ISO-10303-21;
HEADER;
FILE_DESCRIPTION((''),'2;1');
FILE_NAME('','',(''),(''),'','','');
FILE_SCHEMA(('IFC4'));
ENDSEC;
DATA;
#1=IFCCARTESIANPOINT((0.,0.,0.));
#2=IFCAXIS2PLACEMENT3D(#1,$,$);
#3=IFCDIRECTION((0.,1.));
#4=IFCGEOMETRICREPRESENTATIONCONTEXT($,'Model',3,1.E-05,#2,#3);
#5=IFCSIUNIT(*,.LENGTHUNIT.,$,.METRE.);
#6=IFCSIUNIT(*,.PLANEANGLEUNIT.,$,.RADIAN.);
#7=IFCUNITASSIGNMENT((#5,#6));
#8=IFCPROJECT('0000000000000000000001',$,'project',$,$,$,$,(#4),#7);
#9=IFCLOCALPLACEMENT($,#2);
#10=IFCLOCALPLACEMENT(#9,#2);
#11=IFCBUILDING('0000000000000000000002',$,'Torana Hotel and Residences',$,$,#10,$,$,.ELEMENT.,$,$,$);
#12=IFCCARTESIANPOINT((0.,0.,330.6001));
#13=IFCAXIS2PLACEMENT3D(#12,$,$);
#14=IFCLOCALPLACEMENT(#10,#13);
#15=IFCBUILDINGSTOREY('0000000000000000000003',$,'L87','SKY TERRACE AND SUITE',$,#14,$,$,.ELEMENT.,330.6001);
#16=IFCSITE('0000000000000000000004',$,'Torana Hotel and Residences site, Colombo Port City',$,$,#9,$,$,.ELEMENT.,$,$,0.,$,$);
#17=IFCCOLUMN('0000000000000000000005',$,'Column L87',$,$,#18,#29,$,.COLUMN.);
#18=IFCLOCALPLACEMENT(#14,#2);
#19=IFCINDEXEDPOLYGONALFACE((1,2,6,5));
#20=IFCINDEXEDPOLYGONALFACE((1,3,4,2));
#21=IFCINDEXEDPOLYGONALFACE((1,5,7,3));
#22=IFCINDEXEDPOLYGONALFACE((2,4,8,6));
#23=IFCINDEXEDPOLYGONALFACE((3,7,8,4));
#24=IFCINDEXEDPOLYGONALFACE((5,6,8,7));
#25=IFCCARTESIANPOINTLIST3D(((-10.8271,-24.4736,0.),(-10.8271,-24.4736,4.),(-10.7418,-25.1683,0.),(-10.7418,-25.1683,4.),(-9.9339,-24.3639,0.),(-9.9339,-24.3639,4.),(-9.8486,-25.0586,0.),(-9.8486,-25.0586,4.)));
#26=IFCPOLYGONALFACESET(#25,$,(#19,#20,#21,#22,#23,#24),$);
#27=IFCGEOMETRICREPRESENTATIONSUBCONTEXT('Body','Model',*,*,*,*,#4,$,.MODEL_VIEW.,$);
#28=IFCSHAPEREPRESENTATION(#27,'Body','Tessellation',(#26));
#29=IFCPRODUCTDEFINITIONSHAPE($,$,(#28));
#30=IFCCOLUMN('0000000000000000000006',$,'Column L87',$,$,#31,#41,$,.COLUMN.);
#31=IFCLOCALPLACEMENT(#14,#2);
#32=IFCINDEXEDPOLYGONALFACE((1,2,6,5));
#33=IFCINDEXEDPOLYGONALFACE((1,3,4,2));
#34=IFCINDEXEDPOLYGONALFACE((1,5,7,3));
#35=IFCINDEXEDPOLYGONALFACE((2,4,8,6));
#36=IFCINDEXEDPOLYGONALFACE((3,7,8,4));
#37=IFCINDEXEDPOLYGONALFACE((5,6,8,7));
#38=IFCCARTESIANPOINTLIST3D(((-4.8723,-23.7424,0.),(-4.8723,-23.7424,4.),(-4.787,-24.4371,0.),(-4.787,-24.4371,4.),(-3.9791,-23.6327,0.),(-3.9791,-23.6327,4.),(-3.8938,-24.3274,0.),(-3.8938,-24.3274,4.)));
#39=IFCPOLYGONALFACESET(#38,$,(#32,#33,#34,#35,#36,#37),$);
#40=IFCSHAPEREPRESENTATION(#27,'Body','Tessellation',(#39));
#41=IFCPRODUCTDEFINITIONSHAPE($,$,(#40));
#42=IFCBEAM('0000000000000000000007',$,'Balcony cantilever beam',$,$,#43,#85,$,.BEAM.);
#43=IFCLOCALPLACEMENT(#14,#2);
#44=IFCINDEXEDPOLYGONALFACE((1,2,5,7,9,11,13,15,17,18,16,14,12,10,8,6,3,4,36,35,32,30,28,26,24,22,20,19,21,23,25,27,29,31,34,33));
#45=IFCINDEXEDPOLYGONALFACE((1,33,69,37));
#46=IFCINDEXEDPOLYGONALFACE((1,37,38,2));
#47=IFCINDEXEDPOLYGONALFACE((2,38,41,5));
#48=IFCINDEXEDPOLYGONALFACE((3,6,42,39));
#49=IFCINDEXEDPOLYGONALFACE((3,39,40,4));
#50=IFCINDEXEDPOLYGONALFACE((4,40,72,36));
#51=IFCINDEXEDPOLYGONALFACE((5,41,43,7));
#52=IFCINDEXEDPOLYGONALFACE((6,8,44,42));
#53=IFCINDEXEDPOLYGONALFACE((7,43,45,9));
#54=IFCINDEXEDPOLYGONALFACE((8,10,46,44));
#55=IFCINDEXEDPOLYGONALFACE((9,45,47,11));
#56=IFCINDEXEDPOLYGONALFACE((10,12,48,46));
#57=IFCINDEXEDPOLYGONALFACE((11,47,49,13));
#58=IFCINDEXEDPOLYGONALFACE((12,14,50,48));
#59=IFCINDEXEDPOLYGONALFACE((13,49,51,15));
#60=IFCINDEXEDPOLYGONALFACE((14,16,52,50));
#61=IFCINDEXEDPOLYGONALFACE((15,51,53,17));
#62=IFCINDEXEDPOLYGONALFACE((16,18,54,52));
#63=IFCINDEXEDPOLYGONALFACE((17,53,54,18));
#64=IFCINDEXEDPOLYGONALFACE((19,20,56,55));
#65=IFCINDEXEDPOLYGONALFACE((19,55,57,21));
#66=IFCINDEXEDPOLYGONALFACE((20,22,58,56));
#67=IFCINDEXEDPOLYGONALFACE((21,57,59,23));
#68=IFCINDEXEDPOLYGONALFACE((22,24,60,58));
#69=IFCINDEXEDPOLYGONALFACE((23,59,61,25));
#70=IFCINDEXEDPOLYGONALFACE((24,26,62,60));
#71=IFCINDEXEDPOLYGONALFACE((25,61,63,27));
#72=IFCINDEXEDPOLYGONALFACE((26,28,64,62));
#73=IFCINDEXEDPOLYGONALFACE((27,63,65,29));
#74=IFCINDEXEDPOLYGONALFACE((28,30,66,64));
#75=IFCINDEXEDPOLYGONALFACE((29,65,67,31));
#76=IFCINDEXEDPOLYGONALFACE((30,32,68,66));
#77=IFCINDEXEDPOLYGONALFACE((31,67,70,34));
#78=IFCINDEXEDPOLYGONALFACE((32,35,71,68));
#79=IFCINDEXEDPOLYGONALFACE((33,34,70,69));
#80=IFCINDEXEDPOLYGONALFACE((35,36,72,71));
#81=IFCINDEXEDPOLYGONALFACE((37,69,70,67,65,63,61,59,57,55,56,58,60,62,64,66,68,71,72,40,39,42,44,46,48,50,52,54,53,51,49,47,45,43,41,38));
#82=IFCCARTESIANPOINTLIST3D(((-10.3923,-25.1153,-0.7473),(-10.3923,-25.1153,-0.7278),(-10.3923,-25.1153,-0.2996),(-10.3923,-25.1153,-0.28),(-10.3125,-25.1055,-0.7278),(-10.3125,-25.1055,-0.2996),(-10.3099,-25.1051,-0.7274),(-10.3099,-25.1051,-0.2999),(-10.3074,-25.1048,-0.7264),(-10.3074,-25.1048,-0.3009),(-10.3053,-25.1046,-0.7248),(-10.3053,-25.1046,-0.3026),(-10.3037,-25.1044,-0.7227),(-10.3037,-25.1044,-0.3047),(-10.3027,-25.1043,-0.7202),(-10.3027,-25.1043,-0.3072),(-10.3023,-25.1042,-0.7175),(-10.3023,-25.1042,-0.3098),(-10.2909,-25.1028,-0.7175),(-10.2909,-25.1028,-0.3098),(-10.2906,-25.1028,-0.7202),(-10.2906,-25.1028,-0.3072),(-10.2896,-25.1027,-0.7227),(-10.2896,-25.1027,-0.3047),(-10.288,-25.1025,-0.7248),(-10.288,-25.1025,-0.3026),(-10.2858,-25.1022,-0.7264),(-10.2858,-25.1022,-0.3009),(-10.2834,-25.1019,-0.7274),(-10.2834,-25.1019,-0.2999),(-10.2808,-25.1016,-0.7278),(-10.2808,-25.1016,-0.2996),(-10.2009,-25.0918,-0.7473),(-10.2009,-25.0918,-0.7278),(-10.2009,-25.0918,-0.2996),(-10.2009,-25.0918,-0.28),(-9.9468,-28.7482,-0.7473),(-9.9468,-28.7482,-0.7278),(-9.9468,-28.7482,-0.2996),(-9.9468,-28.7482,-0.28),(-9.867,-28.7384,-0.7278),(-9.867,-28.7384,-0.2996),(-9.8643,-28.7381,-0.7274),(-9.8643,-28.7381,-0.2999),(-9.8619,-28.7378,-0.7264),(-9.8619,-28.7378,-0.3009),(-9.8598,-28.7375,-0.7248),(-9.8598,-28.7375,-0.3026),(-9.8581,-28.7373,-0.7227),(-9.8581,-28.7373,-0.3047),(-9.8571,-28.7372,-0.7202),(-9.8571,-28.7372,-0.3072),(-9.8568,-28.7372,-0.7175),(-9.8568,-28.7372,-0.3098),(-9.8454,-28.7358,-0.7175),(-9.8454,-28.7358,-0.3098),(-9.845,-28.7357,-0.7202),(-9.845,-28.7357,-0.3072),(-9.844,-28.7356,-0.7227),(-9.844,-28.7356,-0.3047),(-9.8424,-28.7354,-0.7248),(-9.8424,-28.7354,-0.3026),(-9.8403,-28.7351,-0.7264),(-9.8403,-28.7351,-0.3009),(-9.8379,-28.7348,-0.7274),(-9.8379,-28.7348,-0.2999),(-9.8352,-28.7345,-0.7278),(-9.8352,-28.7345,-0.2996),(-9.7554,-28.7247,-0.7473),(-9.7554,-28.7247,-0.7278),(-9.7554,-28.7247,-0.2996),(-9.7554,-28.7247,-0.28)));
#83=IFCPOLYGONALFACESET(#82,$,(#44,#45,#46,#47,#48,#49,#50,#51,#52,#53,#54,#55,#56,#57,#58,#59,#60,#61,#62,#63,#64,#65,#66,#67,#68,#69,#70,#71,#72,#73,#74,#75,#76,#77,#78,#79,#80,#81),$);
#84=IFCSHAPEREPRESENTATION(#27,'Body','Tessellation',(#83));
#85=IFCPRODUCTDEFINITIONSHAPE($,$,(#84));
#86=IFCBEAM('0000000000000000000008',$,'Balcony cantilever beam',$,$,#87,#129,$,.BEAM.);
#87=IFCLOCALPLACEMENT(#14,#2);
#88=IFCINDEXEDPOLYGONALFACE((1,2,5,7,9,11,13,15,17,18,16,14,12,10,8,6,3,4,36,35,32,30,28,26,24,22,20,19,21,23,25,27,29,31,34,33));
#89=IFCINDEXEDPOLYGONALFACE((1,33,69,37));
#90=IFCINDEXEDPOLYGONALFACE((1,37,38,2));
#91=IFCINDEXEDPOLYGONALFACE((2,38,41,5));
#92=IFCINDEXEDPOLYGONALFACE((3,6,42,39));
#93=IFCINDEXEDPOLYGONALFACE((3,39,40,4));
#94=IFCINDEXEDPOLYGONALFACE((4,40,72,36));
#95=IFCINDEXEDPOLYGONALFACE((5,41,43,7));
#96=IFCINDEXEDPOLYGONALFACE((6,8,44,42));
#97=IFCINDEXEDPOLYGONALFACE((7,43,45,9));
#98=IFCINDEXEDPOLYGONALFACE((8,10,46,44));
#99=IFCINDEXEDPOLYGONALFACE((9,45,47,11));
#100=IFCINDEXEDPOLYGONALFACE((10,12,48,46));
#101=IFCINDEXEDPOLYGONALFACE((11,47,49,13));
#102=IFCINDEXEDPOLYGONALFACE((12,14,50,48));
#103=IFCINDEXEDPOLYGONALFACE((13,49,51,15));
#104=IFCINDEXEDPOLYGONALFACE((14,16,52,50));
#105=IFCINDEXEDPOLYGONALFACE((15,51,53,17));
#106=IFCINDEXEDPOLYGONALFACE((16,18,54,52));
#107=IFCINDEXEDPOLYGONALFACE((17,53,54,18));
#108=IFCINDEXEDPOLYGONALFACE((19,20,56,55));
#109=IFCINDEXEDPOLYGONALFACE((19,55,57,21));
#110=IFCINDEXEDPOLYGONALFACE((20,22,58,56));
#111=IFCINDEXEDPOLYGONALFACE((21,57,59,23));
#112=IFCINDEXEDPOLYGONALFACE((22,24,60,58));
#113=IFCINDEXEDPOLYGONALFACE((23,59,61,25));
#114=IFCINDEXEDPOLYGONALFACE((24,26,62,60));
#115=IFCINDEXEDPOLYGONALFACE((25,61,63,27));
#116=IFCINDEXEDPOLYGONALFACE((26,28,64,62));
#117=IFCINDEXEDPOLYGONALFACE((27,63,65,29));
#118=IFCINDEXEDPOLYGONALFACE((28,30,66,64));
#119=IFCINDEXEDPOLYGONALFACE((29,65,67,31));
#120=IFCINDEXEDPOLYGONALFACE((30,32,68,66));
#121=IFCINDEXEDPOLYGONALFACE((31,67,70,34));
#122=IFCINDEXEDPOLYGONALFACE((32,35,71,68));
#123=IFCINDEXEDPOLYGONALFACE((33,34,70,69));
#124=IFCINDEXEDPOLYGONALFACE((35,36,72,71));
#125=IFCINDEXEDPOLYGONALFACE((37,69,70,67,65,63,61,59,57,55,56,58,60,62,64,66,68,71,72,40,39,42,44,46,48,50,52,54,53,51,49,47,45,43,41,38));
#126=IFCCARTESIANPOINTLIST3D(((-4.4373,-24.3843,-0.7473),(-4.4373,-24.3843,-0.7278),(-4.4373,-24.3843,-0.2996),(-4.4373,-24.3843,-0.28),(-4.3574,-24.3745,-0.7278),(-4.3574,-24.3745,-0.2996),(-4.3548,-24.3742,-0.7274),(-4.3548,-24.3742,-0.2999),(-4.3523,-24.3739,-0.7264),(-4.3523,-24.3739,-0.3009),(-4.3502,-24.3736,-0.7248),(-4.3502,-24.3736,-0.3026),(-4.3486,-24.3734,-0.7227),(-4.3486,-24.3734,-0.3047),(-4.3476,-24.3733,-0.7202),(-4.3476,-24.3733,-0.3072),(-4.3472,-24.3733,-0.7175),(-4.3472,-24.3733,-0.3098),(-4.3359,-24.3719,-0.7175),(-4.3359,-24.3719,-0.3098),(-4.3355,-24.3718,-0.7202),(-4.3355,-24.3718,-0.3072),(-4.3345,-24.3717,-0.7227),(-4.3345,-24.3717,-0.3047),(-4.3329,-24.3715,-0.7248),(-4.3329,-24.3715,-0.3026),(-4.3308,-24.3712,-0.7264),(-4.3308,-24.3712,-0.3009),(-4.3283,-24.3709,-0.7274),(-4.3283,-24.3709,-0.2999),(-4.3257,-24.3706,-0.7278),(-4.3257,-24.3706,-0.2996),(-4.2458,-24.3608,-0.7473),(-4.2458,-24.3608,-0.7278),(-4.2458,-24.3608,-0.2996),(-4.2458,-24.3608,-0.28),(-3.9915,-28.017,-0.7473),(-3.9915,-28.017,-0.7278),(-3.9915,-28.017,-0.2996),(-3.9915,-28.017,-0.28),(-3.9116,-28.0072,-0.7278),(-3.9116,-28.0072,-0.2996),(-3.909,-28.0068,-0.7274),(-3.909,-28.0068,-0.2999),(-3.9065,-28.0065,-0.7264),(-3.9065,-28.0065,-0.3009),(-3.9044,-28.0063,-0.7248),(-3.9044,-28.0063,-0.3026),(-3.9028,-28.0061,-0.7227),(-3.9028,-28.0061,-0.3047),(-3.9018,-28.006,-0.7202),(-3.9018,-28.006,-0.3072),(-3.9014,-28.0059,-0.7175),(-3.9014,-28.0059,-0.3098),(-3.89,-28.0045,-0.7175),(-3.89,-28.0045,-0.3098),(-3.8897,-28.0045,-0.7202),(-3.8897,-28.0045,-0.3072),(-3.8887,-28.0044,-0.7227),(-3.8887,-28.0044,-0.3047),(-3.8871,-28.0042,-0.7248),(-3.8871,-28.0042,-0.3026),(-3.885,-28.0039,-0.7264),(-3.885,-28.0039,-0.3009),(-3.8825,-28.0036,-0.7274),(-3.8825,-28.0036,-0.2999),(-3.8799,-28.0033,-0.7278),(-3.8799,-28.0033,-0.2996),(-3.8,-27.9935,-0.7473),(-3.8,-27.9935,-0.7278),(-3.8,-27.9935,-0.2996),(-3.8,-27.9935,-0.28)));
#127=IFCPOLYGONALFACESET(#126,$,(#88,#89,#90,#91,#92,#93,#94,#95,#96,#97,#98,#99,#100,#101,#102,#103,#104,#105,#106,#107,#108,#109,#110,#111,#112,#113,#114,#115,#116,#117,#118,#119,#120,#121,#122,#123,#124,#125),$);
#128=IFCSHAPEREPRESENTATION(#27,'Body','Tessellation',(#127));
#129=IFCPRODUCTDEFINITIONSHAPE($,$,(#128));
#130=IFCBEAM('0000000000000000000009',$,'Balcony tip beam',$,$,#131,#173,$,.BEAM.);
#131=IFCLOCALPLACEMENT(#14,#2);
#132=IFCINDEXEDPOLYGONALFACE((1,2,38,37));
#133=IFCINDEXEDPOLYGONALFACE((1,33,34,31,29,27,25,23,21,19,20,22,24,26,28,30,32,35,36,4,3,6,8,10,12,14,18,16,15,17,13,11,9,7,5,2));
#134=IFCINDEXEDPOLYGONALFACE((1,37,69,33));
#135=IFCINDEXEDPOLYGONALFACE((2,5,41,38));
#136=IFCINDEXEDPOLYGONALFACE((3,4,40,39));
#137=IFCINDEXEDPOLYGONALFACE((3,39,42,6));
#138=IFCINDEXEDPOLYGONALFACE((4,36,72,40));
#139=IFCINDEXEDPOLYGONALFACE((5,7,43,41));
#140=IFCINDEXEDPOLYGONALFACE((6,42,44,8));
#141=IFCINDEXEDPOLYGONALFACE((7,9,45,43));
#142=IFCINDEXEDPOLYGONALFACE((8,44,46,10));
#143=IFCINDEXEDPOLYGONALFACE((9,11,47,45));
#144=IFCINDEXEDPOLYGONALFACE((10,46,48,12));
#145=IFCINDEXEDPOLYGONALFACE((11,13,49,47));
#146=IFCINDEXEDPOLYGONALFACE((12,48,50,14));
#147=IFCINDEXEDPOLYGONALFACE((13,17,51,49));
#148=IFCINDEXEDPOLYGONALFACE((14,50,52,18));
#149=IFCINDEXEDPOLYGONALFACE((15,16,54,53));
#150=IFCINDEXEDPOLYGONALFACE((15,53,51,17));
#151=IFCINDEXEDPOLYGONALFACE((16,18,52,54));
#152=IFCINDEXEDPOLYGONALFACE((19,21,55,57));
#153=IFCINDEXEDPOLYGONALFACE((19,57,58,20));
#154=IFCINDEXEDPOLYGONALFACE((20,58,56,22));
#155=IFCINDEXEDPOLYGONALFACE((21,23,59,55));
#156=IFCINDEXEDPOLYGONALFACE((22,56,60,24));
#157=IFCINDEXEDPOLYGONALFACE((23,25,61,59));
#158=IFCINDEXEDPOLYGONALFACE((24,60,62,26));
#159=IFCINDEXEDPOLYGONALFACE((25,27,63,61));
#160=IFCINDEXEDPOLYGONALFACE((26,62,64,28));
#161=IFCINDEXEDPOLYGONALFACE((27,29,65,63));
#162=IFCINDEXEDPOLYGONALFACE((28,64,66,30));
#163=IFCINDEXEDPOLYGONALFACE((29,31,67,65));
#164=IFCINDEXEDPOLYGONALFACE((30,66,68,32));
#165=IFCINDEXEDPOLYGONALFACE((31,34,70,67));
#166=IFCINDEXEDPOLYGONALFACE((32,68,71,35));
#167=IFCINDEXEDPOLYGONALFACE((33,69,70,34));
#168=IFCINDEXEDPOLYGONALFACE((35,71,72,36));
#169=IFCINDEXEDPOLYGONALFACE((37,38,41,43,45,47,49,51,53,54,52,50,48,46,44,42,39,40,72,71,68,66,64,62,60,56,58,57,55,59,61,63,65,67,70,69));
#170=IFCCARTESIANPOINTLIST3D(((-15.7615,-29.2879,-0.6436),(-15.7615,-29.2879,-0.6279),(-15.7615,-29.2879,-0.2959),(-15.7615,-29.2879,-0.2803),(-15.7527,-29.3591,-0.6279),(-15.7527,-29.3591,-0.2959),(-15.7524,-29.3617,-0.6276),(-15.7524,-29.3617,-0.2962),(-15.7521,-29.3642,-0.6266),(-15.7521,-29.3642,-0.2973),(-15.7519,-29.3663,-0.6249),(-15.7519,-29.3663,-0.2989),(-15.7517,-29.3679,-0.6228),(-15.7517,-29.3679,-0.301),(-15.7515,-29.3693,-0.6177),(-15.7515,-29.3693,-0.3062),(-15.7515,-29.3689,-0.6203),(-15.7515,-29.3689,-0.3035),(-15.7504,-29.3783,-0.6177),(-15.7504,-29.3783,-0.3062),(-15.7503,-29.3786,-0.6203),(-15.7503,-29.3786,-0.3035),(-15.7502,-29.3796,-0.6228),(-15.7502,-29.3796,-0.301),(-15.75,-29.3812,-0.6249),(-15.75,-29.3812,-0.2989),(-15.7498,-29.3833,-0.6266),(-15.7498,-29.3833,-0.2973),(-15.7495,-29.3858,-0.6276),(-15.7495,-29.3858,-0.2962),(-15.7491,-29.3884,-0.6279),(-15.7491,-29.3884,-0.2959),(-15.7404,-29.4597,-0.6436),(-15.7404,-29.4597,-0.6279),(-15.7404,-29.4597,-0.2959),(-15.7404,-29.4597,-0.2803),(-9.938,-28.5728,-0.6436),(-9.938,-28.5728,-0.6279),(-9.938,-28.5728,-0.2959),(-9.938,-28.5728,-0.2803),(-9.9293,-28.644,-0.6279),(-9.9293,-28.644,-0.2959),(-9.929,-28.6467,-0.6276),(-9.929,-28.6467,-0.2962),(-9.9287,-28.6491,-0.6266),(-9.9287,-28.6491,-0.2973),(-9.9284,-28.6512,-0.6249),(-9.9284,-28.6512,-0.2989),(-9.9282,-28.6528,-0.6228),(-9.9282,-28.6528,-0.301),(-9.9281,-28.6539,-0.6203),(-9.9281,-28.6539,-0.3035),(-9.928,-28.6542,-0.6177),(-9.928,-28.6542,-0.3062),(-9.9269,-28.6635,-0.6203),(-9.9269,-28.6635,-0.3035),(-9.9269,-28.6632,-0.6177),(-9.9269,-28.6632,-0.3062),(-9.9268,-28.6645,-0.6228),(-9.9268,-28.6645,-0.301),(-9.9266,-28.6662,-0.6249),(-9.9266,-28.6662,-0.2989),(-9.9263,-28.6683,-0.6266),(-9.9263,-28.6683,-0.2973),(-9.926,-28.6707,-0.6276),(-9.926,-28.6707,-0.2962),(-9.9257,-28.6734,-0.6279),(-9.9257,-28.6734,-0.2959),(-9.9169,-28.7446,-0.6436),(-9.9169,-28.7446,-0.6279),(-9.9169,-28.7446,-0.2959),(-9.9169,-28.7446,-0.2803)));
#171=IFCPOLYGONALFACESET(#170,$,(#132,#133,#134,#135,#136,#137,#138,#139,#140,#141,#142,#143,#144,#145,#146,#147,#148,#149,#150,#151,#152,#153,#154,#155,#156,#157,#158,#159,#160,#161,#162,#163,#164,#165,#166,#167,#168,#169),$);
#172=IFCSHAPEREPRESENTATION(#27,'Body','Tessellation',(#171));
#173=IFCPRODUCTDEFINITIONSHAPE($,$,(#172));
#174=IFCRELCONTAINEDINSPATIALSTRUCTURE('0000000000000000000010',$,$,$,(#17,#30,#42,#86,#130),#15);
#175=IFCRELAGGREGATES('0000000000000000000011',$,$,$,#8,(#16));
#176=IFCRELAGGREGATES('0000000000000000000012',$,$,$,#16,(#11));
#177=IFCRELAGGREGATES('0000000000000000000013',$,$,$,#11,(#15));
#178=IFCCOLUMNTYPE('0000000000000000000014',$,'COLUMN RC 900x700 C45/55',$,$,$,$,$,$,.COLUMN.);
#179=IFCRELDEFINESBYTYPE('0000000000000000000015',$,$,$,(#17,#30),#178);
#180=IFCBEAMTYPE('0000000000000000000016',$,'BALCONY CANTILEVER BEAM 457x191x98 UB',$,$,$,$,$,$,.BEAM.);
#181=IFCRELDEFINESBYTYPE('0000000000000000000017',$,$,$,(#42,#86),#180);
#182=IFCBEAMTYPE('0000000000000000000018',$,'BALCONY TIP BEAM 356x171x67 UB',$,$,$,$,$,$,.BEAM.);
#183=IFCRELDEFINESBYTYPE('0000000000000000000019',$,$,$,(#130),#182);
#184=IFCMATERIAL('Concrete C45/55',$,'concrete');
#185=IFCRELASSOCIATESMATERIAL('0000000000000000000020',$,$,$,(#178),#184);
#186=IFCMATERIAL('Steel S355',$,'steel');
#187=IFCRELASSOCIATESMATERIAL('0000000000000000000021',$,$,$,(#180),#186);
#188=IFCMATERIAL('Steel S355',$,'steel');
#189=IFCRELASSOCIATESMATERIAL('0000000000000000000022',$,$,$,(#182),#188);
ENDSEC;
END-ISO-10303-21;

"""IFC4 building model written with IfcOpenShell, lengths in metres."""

from ifc_helpers import new_model, si_unit, direction, frame, origin, origin_2d, place, context, subcontext, project, spatial, rectangle, i_section, extrude, material, material_profile, profile_set, type_object, element, save


model = new_model("IFC4")

# Units and contexts
model_context = context("Model", 3, precision=1e-05, world=origin(), true_north=direction((0.0, 1.0)))
body_context = subcontext(model_context, "Body", "Model", "MODEL_VIEW")
ifc_project = project(units=[si_unit("LENGTHUNIT", "METRE"), si_unit("PLANEANGLEUNIT", "RADIAN")], contexts=[model_context])

# Site, building, storey
site_placement = place(None, origin())
site = spatial("IfcSite", under=ifc_project, at=site_placement, Name="Torana Hotel and Residences site, Colombo Port City", CompositionType="ELEMENT", RefElevation=0.0)
building_placement = place(site_placement, origin())
building = spatial("IfcBuilding", under=site, at=building_placement, Name="Torana Hotel and Residences", CompositionType="ELEMENT")
storey_placement = place(building_placement, frame((0.0, 0.0, 330.6001)))
storey = spatial("IfcBuildingStorey", under=building, at=storey_placement, Name="L87", Description="SKY TERRACE AND SUITE", CompositionType="ELEMENT", Elevation=330.6001)

# Columns
ifc_material_1 = material(Name="Concrete C45/55", Category="concrete")
ifc_material_profile_1 = material_profile(ifc_material_1, rectangle(XDim=0.8999, YDim=0.7, at=origin_2d()), Name="RC 900x700")
ifc_profile_set_1 = profile_set([ifc_material_profile_1], Name="Concrete C45/55")
column_type = type_object("IfcColumnType", Name="COLUMN RC 900x700 C45/55", PredefinedType="COLUMN", material=ifc_profile_set_1)
for number, where, z_axis, x_axis, name in (
    (1, (-10.3379, -24.7661, 0.0), (0.0, 0.0, 1.0), (0.992546, 0.121869, 0.0), "Column L87"),
    (2, (-4.3831, -24.0349, 0.0), (0.0, 0.0, 1.0), (0.992546, 0.121869, 0.0), "Column L87"),
):
    element("IfcColumn", number, at=place(storey_placement, frame(where, z_axis=z_axis, x_axis=x_axis)), inside=storey, type_object=column_type, Name=name, PredefinedType="COLUMN", context=body_context, shape_type="SweptSolid", body=[
        extrude(rectangle(XDim=0.8999, YDim=0.7, at=origin_2d()), origin(), (0.0, 0.0, 1.0), 4.0),
    ])

# Beams
ifc_material_2 = material(Name="Steel S355", Category="steel")
ifc_material_profile_2 = material_profile(ifc_material_2, i_section(OverallWidth=0.1929, OverallDepth=0.4673, WebThickness=0.0115, FlangeThickness=0.0195, FilletRadius=0.0103, at=origin_2d()), Name="457x191x98 UB")
ifc_profile_set_2 = profile_set([ifc_material_profile_2], Name="Steel S355")
beam_type_1 = type_object("IfcBeamType", Name="BALCONY CANTILEVER BEAM 457x191x98 UB", PredefinedType="BEAM", material=ifc_profile_set_2)
beam_1_placement = place(storey_placement, frame((-10.2966, -25.1035, -0.5137), z_axis=(0.121728, -0.992564, 0.0), x_axis=(0.992564, 0.121728, 0.0)))
element("IfcBeam", 3, at=beam_1_placement, inside=storey, type_object=beam_type_1, Name="Balcony cantilever beam", PredefinedType="BEAM", context=body_context, shape_type="SweptSolid", body=[
    extrude(i_section(OverallWidth=0.1929, OverallDepth=0.4673, WebThickness=0.0115, FlangeThickness=0.0195, FilletRadius=0.0103, at=origin_2d()), origin(), (0.0, 0.0, 1.0), 3.6602),
])
beam_2_placement = place(storey_placement, frame((-4.3416, -24.3726, -0.5137), z_axis=(0.121809, -0.992554, 0.0), x_axis=(0.992554, 0.121809, 0.0)))
element("IfcBeam", 4, at=beam_2_placement, inside=storey, type_object=beam_type_1, Name="Balcony cantilever beam", PredefinedType="BEAM", context=body_context, shape_type="SweptSolid", body=[
    extrude(i_section(OverallWidth=0.1929, OverallDepth=0.4673, WebThickness=0.0115, FlangeThickness=0.0195, FilletRadius=0.0103, at=origin_2d()), origin(), (0.0, 0.0, 1.0), 3.6599),
])
ifc_material_3 = material(Name="Steel S355", Category="steel")
ifc_material_profile_3 = material_profile(ifc_material_3, i_section(OverallWidth=0.1731, OverallDepth=0.3633, WebThickness=0.009, FlangeThickness=0.0156, FilletRadius=0.0103, at=origin_2d()), Name="356x171x67 UB")
ifc_profile_set_3 = profile_set([ifc_material_profile_3], Name="Steel S355")
beam_type_2 = type_object("IfcBeamType", Name="BALCONY TIP BEAM 356x171x67 UB", PredefinedType="BEAM", material=ifc_profile_set_3)
for number, where, z_axis, x_axis, name in (
    (5, (-9.9275, -28.6587, -0.4619), (-0.992545, -0.121878, 0.0), (0.121878, -0.992545, 0.0), "Balcony tip beam"),
):
    element("IfcBeam", number, at=place(storey_placement, frame(where, z_axis=z_axis, x_axis=x_axis)), inside=storey, type_object=beam_type_2, Name=name, PredefinedType="BEAM", context=body_context, shape_type="SweptSolid", body=[
        extrude(i_section(OverallWidth=0.1731, OverallDepth=0.3633, WebThickness=0.009, FlangeThickness=0.0156, FilletRadius=0.0103, at=origin_2d()), origin(), (0.0, 0.0, 1.0), 5.8672),
    ])

save(model, "model.ifc")
